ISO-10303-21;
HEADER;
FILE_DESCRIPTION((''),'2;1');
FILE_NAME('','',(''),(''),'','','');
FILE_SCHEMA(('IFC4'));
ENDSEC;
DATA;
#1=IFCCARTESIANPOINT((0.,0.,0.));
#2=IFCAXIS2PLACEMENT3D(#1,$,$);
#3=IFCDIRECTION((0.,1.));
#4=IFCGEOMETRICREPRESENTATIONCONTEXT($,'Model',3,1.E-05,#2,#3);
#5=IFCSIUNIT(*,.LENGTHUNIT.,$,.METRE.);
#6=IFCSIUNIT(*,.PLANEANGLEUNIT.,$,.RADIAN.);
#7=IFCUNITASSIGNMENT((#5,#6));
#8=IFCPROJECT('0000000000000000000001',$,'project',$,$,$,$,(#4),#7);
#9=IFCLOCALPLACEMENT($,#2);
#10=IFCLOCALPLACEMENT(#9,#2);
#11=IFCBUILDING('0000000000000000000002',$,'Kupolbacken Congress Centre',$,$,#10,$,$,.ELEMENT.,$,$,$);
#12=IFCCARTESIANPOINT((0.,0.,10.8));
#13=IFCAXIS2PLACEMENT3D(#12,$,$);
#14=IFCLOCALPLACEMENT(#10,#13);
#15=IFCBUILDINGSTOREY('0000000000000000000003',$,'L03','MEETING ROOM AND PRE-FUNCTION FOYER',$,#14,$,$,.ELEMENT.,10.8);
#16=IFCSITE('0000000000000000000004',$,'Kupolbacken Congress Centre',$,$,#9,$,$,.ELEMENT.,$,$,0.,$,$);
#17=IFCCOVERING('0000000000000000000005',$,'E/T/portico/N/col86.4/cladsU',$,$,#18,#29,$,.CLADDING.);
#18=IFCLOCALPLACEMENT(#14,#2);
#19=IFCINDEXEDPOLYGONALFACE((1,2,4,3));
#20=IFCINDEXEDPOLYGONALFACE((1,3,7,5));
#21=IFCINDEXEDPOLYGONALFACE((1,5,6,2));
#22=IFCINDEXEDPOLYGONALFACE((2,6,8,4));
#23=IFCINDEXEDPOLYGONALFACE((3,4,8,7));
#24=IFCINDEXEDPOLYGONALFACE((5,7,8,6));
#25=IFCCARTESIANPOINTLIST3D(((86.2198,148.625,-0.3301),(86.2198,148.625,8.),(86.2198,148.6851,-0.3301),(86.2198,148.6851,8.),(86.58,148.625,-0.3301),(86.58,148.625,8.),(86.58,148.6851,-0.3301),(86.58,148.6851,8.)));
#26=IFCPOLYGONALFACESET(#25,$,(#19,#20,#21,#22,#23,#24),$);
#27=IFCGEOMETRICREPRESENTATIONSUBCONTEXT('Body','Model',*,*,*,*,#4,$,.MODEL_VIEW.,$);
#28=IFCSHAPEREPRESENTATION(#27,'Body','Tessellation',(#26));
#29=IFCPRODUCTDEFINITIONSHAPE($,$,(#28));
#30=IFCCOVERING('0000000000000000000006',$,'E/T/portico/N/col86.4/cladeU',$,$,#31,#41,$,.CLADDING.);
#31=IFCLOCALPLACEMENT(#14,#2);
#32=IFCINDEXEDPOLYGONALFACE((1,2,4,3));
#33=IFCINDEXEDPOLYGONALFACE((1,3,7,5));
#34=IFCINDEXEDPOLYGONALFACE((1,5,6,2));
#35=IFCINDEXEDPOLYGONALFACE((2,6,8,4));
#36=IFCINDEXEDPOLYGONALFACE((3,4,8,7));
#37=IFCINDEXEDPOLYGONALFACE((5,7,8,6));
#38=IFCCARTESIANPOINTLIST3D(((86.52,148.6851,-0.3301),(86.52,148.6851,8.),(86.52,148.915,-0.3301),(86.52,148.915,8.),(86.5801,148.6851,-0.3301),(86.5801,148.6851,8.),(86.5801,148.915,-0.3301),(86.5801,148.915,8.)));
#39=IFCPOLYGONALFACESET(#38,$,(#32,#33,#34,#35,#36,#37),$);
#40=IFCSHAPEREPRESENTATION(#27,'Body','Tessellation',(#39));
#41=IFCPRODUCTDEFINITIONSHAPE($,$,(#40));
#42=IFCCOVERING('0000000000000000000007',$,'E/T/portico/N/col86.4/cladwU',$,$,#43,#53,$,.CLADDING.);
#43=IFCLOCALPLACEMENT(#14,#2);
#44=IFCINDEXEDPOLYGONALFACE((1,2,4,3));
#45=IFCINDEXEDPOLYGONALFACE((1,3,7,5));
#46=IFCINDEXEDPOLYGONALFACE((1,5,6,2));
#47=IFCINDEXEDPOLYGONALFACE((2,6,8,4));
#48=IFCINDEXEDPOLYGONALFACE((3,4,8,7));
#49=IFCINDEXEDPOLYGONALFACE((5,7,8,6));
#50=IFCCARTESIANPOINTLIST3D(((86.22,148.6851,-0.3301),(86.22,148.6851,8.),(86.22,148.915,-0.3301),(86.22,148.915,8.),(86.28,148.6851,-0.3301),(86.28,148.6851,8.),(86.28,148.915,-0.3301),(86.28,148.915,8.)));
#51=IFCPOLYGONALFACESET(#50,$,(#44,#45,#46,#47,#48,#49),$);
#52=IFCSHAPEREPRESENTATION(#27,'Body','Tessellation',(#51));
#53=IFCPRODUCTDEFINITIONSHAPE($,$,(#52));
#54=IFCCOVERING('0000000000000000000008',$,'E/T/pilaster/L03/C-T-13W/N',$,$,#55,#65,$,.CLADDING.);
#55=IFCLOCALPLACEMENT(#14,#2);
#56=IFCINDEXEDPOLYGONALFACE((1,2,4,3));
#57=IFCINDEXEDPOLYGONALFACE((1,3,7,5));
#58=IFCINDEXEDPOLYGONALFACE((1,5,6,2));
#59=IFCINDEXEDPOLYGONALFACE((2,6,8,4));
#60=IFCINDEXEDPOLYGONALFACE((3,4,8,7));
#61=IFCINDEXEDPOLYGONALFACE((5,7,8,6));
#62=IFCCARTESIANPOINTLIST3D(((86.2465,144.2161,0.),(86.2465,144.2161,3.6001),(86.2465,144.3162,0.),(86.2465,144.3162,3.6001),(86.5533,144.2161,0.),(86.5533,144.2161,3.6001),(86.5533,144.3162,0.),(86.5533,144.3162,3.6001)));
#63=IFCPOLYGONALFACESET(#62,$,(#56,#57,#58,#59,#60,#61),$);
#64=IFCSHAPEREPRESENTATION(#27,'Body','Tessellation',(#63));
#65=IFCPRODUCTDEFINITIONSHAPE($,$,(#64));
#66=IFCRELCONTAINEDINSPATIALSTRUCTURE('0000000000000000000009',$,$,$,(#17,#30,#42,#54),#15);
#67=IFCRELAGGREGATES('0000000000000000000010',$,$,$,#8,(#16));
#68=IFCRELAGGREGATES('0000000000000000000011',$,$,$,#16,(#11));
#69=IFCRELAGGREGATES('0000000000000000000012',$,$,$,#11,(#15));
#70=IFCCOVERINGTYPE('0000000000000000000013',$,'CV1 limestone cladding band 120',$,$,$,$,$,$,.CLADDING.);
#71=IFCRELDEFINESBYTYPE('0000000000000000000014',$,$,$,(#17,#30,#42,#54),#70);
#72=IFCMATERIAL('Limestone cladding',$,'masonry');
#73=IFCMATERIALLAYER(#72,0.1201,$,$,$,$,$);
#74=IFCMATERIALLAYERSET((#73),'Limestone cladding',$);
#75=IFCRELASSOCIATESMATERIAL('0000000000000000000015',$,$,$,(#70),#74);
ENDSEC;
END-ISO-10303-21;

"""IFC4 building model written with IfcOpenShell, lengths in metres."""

from ifc_helpers import new_model, si_unit, direction, frame, origin, origin_2d, place, context, subcontext, project, spatial, rectangle, extrude, material, layer, layer_set, type_object, element, save


model = new_model("IFC4")

# Units and contexts
model_context = context("Model", 3, precision=1e-05, world=origin(), true_north=direction((0.0, 1.0)))
body_context = subcontext(model_context, "Body", "Model", "MODEL_VIEW")
ifc_project = project(units=[si_unit("LENGTHUNIT", "METRE"), si_unit("PLANEANGLEUNIT", "RADIAN")], contexts=[model_context])

# Site, building, storey
site_placement = place(None, origin())
site = spatial("IfcSite", under=ifc_project, at=site_placement, Name="Kupolbacken Congress Centre", CompositionType="ELEMENT", RefElevation=0.0)
building_placement = place(site_placement, origin())
building = spatial("IfcBuilding", under=site, at=building_placement, Name="Kupolbacken Congress Centre", CompositionType="ELEMENT")
storey_placement = place(building_placement, frame((0.0, 0.0, 10.8)))
storey = spatial("IfcBuildingStorey", under=building, at=storey_placement, Name="L03", Description="MEETING ROOM AND PRE-FUNCTION FOYER", CompositionType="ELEMENT", Elevation=10.8)

# Coverings
ifc_material_1 = material(Name="Limestone cladding", Category="masonry")
ifc_layer_1 = layer(ifc_material_1, 0.1201)
ifc_layer_set_1 = layer_set([ifc_layer_1], Name="Limestone cladding")
covering_type = type_object("IfcCoveringType", Name="CV1 limestone cladding band 120", PredefinedType="CLADDING", material=ifc_layer_set_1)
for number, where, z_axis, x_axis, name in (
    (1, (86.3999, 148.655, -0.3301), (0.0, 0.0, 1.0), (1.0, 0.0, 0.0), "E/T/portico/N/col86.4/cladsU"),
):
    element("IfcCovering", number, at=place(storey_placement, frame(where, z_axis=z_axis, x_axis=x_axis)), inside=storey, type_object=covering_type, Name=name, PredefinedType="CLADDING", context=body_context, shape_type="SweptSolid", body=[
        extrude(rectangle(XDim=0.3601, YDim=0.0601, at=origin_2d()), origin(), (0.0, 0.0, 1.0), 8.3301),
    ])
for number, where, z_axis, x_axis, name in (
    (2, (86.55, 148.8, -0.3301), (0.0, 0.0, 1.0), (1.0, 0.0, 0.0), "E/T/portico/N/col86.4/cladeU"),
    (3, (86.25, 148.8, -0.3301), (0.0, 0.0, 1.0), (1.0, 0.0, 0.0), "E/T/portico/N/col86.4/cladwU"),
):
    element("IfcCovering", number, at=place(storey_placement, frame(where, z_axis=z_axis, x_axis=x_axis)), inside=storey, type_object=covering_type, Name=name, PredefinedType="CLADDING", context=body_context, shape_type="SweptSolid", body=[
        extrude(rectangle(XDim=0.0601, YDim=0.23, at=origin_2d()), origin(), (0.0, 0.0, 1.0), 8.3301),
    ])
covering_1_placement = place(storey_placement, frame((86.3999, 144.2661, 0.0), z_axis=(0.0, 0.0, 1.0), x_axis=(1.0, 0.0, 0.0)))
element("IfcCovering", 4, at=covering_1_placement, inside=storey, type_object=covering_type, Name="E/T/pilaster/L03/C-T-13W/N", PredefinedType="CLADDING", context=body_context, shape_type="SweptSolid", body=[
    extrude(rectangle(XDim=0.3069, YDim=0.1001, at=origin_2d()), origin(), (0.0, 0.0, 1.0), 3.6001),
])

save(model, "model.ifc")
